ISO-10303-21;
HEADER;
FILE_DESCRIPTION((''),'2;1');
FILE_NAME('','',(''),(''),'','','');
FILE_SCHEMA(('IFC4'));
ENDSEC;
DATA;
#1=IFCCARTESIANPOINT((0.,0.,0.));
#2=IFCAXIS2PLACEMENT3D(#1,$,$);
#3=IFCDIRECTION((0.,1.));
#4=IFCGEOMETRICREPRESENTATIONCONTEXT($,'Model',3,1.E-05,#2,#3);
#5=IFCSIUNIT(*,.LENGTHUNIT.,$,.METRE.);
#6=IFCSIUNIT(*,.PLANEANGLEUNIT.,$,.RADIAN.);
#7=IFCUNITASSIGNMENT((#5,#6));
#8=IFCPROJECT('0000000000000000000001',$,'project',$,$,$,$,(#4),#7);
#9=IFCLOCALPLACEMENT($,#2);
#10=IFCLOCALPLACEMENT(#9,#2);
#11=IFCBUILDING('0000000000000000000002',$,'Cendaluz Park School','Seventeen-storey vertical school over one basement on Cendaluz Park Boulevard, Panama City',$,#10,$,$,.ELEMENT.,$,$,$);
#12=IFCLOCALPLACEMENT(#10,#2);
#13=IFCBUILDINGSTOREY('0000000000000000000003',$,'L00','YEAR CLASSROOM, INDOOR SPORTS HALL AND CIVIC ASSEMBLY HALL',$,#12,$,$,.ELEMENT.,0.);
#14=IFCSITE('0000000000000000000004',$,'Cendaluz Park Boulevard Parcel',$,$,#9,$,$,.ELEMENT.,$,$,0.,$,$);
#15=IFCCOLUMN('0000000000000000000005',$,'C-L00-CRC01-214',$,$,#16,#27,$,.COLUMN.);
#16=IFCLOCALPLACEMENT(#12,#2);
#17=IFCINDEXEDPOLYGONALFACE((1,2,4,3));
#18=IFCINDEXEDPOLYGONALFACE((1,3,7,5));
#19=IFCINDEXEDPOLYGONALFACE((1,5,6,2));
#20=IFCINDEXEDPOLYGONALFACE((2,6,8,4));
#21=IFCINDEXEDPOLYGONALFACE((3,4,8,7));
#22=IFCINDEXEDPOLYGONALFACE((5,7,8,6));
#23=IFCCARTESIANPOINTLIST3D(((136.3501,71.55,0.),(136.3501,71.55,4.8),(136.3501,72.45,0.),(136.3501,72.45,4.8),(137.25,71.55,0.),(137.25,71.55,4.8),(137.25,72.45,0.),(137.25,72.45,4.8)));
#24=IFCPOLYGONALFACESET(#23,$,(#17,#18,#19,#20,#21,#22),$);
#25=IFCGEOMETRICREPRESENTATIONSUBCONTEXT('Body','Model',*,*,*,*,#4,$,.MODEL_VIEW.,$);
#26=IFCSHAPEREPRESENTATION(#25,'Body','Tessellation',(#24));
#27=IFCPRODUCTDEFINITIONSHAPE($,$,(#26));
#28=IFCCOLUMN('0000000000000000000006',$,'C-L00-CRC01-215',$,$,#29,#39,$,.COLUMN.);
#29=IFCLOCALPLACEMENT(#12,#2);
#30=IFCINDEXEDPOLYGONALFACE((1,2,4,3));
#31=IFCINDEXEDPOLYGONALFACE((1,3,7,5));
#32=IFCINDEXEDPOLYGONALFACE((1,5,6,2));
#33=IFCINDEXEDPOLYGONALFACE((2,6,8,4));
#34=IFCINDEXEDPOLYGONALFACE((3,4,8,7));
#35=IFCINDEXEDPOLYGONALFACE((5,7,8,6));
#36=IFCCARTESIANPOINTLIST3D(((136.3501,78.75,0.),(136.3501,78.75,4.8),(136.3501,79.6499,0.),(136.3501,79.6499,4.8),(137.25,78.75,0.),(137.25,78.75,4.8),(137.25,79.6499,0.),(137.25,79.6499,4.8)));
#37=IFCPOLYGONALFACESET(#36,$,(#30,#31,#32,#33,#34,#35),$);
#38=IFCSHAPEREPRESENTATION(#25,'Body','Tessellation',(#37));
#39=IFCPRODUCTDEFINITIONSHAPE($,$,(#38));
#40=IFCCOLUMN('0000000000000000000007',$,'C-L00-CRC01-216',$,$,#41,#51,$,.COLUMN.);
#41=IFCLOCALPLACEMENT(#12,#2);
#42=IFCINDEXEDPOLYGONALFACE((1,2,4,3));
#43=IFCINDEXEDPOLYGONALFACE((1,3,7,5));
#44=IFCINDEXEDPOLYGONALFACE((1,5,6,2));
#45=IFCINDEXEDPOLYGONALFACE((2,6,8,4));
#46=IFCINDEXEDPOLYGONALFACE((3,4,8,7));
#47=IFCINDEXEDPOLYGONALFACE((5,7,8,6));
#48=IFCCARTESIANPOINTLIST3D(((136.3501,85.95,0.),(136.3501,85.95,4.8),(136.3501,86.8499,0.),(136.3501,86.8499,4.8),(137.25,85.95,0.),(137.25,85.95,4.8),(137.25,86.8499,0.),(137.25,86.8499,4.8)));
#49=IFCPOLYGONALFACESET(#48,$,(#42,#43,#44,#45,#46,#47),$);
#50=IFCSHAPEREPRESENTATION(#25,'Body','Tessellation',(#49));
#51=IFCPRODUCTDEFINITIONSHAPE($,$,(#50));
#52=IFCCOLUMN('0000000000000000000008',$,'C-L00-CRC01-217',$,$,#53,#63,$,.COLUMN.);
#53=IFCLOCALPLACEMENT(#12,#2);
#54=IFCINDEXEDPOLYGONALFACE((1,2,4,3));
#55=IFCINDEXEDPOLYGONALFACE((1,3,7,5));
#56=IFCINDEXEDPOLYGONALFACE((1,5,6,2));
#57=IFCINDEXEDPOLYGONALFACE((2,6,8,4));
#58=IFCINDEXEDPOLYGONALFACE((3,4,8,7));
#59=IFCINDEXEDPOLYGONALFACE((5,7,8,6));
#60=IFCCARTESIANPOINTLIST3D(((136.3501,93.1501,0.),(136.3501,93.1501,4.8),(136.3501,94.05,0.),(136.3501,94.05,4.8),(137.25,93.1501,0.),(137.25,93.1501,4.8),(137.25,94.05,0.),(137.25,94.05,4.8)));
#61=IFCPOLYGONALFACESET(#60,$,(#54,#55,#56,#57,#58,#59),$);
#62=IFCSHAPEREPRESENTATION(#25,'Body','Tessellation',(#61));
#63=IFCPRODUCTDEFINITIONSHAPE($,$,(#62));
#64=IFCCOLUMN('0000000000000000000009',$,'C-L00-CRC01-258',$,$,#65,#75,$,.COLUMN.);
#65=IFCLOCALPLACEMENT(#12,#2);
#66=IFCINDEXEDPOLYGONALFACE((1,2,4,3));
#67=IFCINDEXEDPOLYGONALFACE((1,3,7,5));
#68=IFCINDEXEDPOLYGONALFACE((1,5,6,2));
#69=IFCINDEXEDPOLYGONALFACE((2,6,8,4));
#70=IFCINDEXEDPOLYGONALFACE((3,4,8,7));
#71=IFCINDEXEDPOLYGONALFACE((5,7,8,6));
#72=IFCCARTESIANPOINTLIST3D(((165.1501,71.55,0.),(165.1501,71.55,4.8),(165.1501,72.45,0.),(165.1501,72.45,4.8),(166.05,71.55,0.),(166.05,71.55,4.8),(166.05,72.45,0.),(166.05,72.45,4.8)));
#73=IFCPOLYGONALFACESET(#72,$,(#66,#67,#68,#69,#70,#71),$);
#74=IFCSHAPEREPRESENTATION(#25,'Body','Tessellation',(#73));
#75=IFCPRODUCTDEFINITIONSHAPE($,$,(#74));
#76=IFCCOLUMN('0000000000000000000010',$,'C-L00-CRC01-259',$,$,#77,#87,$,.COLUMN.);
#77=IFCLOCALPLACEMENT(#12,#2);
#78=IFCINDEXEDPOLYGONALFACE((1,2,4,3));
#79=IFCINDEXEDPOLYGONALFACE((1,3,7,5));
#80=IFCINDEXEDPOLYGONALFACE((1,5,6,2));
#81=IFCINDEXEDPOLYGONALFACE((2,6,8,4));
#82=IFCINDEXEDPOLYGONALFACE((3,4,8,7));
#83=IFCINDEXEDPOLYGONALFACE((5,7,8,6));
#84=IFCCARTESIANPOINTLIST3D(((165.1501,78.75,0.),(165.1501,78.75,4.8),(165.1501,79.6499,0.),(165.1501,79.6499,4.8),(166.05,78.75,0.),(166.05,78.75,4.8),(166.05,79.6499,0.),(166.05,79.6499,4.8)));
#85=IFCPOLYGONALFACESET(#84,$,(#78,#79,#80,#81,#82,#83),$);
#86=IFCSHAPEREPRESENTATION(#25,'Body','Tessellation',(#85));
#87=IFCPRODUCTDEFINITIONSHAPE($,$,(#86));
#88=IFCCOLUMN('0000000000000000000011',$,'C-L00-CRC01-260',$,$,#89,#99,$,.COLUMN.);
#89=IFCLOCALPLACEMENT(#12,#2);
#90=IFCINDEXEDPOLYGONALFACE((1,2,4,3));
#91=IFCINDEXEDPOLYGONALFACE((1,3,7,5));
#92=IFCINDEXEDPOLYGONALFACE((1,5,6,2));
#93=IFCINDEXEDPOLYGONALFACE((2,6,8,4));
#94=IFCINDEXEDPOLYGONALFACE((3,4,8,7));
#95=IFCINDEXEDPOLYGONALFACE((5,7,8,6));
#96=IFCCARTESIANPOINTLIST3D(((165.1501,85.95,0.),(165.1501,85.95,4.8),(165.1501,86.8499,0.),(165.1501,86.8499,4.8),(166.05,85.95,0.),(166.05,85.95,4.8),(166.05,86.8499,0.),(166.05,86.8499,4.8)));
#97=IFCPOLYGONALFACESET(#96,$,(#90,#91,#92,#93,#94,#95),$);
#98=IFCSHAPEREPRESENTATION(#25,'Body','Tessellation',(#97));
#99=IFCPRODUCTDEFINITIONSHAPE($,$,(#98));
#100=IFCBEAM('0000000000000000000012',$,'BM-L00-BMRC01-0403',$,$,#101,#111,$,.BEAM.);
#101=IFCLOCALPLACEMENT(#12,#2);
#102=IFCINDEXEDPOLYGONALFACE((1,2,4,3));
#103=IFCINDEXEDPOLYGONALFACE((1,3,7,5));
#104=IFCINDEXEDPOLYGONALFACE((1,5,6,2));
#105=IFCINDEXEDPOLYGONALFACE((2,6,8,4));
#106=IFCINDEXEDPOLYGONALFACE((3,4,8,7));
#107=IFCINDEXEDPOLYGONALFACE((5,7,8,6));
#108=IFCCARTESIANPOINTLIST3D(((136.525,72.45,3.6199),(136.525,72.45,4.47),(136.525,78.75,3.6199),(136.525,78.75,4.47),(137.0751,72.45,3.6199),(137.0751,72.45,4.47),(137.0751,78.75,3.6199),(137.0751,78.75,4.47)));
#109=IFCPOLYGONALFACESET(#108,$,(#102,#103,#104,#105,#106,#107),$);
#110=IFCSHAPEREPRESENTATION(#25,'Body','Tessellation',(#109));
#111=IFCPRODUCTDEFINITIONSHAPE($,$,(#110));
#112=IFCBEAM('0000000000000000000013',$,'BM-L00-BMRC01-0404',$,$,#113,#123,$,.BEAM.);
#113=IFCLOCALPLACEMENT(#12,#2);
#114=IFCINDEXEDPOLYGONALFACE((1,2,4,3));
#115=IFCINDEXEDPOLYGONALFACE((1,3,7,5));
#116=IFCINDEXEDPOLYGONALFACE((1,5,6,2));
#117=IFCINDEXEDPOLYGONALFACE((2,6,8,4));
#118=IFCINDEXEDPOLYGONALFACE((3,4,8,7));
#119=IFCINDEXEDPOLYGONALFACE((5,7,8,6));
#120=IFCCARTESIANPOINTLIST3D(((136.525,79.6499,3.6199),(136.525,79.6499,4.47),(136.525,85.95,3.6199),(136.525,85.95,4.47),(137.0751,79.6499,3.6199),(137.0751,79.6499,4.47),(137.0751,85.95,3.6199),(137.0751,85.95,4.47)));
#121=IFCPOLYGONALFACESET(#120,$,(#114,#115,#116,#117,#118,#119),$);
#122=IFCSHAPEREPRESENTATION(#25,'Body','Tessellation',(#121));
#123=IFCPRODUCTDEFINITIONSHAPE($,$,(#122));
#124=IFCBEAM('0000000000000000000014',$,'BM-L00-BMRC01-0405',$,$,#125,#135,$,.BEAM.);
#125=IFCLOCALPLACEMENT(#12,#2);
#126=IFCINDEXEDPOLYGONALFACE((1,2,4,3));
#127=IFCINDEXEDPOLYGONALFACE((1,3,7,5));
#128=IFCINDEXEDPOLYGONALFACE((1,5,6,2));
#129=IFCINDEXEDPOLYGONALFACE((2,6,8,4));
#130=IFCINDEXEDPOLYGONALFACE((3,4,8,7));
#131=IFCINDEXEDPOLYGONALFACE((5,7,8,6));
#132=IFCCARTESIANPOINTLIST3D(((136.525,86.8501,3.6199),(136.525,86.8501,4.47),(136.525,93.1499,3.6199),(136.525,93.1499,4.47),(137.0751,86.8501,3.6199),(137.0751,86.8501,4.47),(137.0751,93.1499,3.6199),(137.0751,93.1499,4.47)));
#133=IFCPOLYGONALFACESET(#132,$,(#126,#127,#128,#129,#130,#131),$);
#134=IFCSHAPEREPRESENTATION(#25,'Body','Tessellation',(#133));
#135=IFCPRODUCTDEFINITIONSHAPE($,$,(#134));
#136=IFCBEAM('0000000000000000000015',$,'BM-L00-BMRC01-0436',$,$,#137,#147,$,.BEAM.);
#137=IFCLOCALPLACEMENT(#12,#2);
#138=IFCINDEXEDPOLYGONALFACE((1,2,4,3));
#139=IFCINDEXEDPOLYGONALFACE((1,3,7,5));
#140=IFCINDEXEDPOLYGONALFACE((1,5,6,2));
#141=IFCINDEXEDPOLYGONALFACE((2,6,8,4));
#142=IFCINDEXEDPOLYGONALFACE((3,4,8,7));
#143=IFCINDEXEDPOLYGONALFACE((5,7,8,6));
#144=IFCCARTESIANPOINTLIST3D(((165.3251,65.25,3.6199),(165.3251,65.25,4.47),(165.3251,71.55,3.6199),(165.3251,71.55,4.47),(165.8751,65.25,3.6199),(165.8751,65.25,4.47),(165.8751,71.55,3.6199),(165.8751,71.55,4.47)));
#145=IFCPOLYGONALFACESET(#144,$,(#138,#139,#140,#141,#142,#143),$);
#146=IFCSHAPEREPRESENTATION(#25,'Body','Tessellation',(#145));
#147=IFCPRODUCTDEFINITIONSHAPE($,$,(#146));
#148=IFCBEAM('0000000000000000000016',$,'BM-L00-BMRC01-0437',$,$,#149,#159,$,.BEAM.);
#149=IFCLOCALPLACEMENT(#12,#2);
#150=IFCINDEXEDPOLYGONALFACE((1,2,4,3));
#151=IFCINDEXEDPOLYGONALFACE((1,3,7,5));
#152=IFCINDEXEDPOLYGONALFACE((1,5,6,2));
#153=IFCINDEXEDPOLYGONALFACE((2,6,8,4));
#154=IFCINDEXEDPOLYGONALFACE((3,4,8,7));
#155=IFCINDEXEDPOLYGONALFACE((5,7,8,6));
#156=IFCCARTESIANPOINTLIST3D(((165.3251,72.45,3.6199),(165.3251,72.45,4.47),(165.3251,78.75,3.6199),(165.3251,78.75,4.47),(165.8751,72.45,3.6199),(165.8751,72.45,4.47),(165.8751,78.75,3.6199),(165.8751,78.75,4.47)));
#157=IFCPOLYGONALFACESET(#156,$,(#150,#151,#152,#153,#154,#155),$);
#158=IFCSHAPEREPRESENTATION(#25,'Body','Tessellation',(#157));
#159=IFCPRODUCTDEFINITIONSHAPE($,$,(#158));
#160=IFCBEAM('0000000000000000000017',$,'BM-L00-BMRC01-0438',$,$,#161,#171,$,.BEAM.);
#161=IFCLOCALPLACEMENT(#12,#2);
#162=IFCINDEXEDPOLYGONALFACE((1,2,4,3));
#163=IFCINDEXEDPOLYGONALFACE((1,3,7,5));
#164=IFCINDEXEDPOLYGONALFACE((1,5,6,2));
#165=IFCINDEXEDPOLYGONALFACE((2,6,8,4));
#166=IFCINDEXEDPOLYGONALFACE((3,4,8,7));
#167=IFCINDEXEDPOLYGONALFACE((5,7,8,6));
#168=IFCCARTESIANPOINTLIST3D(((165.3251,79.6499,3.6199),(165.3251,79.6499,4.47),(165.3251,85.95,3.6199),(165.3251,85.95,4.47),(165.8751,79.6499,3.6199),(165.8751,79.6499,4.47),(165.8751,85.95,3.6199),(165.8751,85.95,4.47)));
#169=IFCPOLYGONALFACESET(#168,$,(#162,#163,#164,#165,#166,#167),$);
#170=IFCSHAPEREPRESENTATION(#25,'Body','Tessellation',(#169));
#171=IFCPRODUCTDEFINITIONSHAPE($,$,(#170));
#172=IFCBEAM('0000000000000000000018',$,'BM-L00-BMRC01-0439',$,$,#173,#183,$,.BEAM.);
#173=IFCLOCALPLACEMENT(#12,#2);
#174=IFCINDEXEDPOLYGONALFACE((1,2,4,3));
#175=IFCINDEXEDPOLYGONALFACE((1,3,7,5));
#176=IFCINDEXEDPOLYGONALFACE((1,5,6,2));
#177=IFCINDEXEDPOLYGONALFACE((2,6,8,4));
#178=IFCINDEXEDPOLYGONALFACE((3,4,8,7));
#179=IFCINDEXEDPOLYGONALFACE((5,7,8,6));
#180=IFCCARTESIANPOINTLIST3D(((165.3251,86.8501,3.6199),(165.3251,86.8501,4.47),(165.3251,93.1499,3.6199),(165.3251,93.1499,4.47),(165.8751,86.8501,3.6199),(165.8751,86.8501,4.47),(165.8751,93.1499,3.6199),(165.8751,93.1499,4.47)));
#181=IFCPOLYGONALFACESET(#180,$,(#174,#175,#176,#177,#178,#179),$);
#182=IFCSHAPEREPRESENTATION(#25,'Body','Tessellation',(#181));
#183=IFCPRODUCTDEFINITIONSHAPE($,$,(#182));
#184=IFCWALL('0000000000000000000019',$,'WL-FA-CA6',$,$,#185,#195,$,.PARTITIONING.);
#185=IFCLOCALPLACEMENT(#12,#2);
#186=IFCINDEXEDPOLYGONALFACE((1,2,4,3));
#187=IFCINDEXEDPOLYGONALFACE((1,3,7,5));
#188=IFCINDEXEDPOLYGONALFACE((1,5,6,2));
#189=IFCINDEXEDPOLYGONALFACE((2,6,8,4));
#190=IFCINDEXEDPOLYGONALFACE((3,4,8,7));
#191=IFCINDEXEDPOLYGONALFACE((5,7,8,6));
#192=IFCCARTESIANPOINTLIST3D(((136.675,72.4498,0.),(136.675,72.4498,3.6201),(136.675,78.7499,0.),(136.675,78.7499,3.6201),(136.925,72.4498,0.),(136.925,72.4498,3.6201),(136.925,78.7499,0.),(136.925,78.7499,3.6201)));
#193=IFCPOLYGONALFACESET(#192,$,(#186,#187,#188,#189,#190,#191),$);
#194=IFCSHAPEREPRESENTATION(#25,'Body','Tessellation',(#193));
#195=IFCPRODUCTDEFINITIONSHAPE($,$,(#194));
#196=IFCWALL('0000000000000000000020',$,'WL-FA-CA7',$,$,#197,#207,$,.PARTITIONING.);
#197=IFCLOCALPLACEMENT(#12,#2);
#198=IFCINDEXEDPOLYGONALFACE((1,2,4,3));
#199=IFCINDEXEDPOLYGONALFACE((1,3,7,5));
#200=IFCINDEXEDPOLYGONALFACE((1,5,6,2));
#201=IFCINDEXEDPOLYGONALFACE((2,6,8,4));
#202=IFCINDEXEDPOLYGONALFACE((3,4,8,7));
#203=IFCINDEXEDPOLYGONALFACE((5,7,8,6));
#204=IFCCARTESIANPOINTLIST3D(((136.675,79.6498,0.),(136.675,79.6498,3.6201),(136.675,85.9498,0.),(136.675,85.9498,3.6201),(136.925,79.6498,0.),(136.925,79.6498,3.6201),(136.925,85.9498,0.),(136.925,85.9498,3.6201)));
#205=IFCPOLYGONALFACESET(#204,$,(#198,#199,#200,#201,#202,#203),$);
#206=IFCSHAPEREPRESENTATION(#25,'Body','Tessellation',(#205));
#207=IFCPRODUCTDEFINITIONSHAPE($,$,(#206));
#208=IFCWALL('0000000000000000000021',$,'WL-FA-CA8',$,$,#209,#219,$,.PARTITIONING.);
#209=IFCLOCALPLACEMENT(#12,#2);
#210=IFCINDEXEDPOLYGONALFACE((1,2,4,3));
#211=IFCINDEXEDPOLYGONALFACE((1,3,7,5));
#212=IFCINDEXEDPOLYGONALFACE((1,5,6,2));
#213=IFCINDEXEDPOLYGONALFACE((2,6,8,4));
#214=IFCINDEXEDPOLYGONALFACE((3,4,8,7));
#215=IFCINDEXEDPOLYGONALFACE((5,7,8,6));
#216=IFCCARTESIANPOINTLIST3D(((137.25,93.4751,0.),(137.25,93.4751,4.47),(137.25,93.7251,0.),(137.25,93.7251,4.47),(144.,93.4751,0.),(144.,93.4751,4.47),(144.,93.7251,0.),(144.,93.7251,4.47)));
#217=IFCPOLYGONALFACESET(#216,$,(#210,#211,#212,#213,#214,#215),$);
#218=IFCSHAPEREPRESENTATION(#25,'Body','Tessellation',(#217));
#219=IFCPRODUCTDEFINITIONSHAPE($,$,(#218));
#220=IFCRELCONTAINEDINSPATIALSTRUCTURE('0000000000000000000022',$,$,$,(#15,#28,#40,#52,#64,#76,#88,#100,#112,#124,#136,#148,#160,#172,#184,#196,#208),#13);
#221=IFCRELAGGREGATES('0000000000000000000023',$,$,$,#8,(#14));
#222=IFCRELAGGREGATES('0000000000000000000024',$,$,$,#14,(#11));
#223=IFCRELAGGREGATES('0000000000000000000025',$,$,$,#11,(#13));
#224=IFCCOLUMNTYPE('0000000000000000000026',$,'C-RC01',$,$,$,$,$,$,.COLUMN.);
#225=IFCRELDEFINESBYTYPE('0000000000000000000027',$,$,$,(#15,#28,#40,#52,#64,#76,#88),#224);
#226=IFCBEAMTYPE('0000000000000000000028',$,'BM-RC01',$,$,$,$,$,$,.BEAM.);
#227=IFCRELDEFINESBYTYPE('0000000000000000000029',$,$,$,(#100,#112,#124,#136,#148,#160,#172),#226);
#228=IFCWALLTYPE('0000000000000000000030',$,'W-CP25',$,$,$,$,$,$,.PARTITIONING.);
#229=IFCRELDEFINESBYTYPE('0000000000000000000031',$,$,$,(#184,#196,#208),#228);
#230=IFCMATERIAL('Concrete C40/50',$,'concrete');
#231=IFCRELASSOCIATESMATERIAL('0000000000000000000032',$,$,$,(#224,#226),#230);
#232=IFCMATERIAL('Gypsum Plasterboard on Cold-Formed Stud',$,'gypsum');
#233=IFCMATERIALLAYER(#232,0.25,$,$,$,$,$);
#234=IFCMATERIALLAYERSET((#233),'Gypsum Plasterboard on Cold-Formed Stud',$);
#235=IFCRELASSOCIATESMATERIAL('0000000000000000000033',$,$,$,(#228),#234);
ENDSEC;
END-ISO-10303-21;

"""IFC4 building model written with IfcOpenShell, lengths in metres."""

from ifc_helpers import new_model, si_unit, direction, frame, frame_2d, origin, origin_2d, place, context, subcontext, project, spatial, rectangle, extrude, material, layer, layer_set, material_profile, profile_set, type_object, element, save


model = new_model("IFC4")

# Units and contexts
model_context = context("Model", 3, precision=1e-05, world=origin(), true_north=direction((0.0, 1.0)))
body_context = subcontext(model_context, "Body", "Model", "MODEL_VIEW")
ifc_project = project(units=[si_unit("LENGTHUNIT", "METRE"), si_unit("PLANEANGLEUNIT", "RADIAN")], contexts=[model_context])

# Site, building, storey
site_placement = place(None, origin())
site = spatial("IfcSite", under=ifc_project, at=site_placement, Name="Cendaluz Park Boulevard Parcel", CompositionType="ELEMENT", RefElevation=0.0)
building_placement = place(site_placement, origin())
building = spatial("IfcBuilding", under=site, at=building_placement, Name="Cendaluz Park School", Description="Seventeen-storey vertical school over one basement on Cendaluz Park Boulevard, Panama City", CompositionType="ELEMENT")
storey_placement = place(building_placement, origin())
storey = spatial("IfcBuildingStorey", under=building, at=storey_placement, Name="L00", Description="YEAR CLASSROOM, INDOOR SPORTS HALL AND CIVIC ASSEMBLY HALL", CompositionType="ELEMENT", Elevation=0.0)

# Columns
ifc_material_1 = material(Name="Concrete C40/50", Category="concrete")
ifc_material_profile_1 = material_profile(ifc_material_1, rectangle(XDim=0.8999, YDim=0.8999, at=origin_2d()), Name="RC 900x900", Category="concrete")
ifc_profile_set_1 = profile_set([ifc_material_profile_1], Name="Concrete C40/50")
column_type = type_object("IfcColumnType", Name="C-RC01", PredefinedType="COLUMN", material=ifc_profile_set_1)
for number, where, z_axis, x_axis, name in (
    (1, (136.8, 72.0, 0.0), (0.0, 0.0, 1.0), (1.0, 0.0, 0.0), "C-L00-CRC01-214"),
    (2, (136.8, 79.2, 0.0), (0.0, 0.0, 1.0), (1.0, 0.0, 0.0), "C-L00-CRC01-215"),
    (3, (136.8, 86.3999, 0.0), (0.0, 0.0, 1.0), (1.0, 0.0, 0.0), "C-L00-CRC01-216"),
    (4, (136.8, 93.6001, 0.0), (0.0, 0.0, 1.0), (1.0, 0.0, 0.0), "C-L00-CRC01-217"),
    (5, (165.6001, 72.0, 0.0), (0.0, 0.0, 1.0), (1.0, 0.0, 0.0), "C-L00-CRC01-258"),
    (6, (165.6001, 79.2, 0.0), (0.0, 0.0, 1.0), (1.0, 0.0, 0.0), "C-L00-CRC01-259"),
    (7, (165.6001, 86.3999, 0.0), (0.0, 0.0, 1.0), (1.0, 0.0, 0.0), "C-L00-CRC01-260"),
):
    element("IfcColumn", number, at=place(storey_placement, frame(where, z_axis=z_axis, x_axis=x_axis)), inside=storey, type_object=column_type, Name=name, PredefinedType="COLUMN", context=body_context, shape_type="SweptSolid", body=[
        extrude(rectangle(XDim=0.8999, YDim=0.8999, at=origin_2d()), origin(), (0.0, 0.0, 1.0), 4.8),
    ])

# Beams
ifc_material_profile_2 = material_profile(ifc_material_1, rectangle(XDim=0.55, YDim=0.8501, at=origin_2d()), Name="RC 550x850", Category="concrete")
ifc_profile_set_2 = profile_set([ifc_material_profile_2], Name="Concrete C40/50")
beam_type = type_object("IfcBeamType", Name="BM-RC01", PredefinedType="BEAM", material=ifc_profile_set_2)
for number, where, z_axis, x_axis, name in (
    (8, (136.8, 72.45, 4.0449), (0.0, 1.0, 0.0), (-1.0, 0.0, 0.0), "BM-L00-BMRC01-0403"),
    (9, (136.8, 79.6499, 4.0449), (0.0, 1.0, 0.0), (-1.0, 0.0, 0.0), "BM-L00-BMRC01-0404"),
):
    element("IfcBeam", number, at=place(storey_placement, frame(where, z_axis=z_axis, x_axis=x_axis)), inside=storey, type_object=beam_type, Name=name, PredefinedType="BEAM", context=body_context, shape_type="SweptSolid", body=[
        extrude(rectangle(XDim=0.55, YDim=0.8501, at=origin_2d()), origin(), (0.0, 0.0, 1.0), 6.3),
    ])
beam_1_placement = place(storey_placement, frame((136.8, 86.8501, 4.0449), z_axis=(0.0, 1.0, 0.0), x_axis=(-1.0, 0.0, 0.0)))
element("IfcBeam", 10, at=beam_1_placement, inside=storey, type_object=beam_type, Name="BM-L00-BMRC01-0405", PredefinedType="BEAM", context=body_context, shape_type="SweptSolid", body=[
    extrude(rectangle(XDim=0.55, YDim=0.8501, at=origin_2d()), origin(), (0.0, 0.0, 1.0), 6.2998),
])
for number, where, z_axis, x_axis, name in (
    (11, (165.6001, 65.25, 4.0449), (0.0, 1.0, 0.0), (-1.0, 0.0, 0.0), "BM-L00-BMRC01-0436"),
    (12, (165.6001, 72.45, 4.0449), (0.0, 1.0, 0.0), (-1.0, 0.0, 0.0), "BM-L00-BMRC01-0437"),
    (13, (165.6001, 79.6499, 4.0449), (0.0, 1.0, 0.0), (-1.0, 0.0, 0.0), "BM-L00-BMRC01-0438"),
):
    element("IfcBeam", number, at=place(storey_placement, frame(where, z_axis=z_axis, x_axis=x_axis)), inside=storey, type_object=beam_type, Name=name, PredefinedType="BEAM", context=body_context, shape_type="SweptSolid", body=[
        extrude(rectangle(XDim=0.55, YDim=0.8501, at=origin_2d()), origin(), (0.0, 0.0, 1.0), 6.3),
    ])
beam_2_placement = place(storey_placement, frame((165.6001, 86.8501, 4.0449), z_axis=(0.0, 1.0, 0.0), x_axis=(-1.0, 0.0, 0.0)))
element("IfcBeam", 14, at=beam_2_placement, inside=storey, type_object=beam_type, Name="BM-L00-BMRC01-0439", PredefinedType="BEAM", context=body_context, shape_type="SweptSolid", body=[
    extrude(rectangle(XDim=0.55, YDim=0.8501, at=origin_2d()), origin(), (0.0, 0.0, 1.0), 6.2998),
])

# Walls
ifc_material_2 = material(Name="Gypsum Plasterboard on Cold-Formed Stud", Category="gypsum")
ifc_layer = layer(ifc_material_2, 0.25)
ifc_layer_set = layer_set([ifc_layer], Name="Gypsum Plasterboard on Cold-Formed Stud")
wall_type = type_object("IfcWallType", Name="W-CP25", PredefinedType="PARTITIONING", material=ifc_layer_set)
for number, where, z_axis, x_axis, name in (
    (15, (136.8, 72.45, 0.0), (0.0, 0.0, 1.0), (0.0, 1.0, 0.0), "WL-FA-CA6"),
    (16, (136.8, 79.6499, 0.0), (0.0, 0.0, 1.0), (0.0, 1.0, 0.0), "WL-FA-CA7"),
):
    element("IfcWall", number, at=place(storey_placement, frame(where, z_axis=z_axis, x_axis=x_axis)), inside=storey, type_object=wall_type, Name=name, PredefinedType="PARTITIONING", context=body_context, shape_type="SweptSolid", body=[
        extrude(rectangle(XDim=6.3, YDim=0.25, at=frame_2d((3.1499, 0.0))), origin(), (0.0, 0.0, 1.0), 3.6201),
    ])
wall_1_placement = place(storey_placement, frame((137.25, 93.6001, 0.0), z_axis=(0.0, 0.0, 1.0), x_axis=(1.0, 0.0, 0.0)))
element("IfcWall", 17, at=wall_1_placement, inside=storey, type_object=wall_type, Name="WL-FA-CA8", PredefinedType="PARTITIONING", context=body_context, shape_type="SweptSolid", body=[
    extrude(rectangle(XDim=6.75, YDim=0.25, at=frame_2d((3.375, 0.0))), origin(), (0.0, 0.0, 1.0), 4.47),
])

save(model, "model.ifc")
